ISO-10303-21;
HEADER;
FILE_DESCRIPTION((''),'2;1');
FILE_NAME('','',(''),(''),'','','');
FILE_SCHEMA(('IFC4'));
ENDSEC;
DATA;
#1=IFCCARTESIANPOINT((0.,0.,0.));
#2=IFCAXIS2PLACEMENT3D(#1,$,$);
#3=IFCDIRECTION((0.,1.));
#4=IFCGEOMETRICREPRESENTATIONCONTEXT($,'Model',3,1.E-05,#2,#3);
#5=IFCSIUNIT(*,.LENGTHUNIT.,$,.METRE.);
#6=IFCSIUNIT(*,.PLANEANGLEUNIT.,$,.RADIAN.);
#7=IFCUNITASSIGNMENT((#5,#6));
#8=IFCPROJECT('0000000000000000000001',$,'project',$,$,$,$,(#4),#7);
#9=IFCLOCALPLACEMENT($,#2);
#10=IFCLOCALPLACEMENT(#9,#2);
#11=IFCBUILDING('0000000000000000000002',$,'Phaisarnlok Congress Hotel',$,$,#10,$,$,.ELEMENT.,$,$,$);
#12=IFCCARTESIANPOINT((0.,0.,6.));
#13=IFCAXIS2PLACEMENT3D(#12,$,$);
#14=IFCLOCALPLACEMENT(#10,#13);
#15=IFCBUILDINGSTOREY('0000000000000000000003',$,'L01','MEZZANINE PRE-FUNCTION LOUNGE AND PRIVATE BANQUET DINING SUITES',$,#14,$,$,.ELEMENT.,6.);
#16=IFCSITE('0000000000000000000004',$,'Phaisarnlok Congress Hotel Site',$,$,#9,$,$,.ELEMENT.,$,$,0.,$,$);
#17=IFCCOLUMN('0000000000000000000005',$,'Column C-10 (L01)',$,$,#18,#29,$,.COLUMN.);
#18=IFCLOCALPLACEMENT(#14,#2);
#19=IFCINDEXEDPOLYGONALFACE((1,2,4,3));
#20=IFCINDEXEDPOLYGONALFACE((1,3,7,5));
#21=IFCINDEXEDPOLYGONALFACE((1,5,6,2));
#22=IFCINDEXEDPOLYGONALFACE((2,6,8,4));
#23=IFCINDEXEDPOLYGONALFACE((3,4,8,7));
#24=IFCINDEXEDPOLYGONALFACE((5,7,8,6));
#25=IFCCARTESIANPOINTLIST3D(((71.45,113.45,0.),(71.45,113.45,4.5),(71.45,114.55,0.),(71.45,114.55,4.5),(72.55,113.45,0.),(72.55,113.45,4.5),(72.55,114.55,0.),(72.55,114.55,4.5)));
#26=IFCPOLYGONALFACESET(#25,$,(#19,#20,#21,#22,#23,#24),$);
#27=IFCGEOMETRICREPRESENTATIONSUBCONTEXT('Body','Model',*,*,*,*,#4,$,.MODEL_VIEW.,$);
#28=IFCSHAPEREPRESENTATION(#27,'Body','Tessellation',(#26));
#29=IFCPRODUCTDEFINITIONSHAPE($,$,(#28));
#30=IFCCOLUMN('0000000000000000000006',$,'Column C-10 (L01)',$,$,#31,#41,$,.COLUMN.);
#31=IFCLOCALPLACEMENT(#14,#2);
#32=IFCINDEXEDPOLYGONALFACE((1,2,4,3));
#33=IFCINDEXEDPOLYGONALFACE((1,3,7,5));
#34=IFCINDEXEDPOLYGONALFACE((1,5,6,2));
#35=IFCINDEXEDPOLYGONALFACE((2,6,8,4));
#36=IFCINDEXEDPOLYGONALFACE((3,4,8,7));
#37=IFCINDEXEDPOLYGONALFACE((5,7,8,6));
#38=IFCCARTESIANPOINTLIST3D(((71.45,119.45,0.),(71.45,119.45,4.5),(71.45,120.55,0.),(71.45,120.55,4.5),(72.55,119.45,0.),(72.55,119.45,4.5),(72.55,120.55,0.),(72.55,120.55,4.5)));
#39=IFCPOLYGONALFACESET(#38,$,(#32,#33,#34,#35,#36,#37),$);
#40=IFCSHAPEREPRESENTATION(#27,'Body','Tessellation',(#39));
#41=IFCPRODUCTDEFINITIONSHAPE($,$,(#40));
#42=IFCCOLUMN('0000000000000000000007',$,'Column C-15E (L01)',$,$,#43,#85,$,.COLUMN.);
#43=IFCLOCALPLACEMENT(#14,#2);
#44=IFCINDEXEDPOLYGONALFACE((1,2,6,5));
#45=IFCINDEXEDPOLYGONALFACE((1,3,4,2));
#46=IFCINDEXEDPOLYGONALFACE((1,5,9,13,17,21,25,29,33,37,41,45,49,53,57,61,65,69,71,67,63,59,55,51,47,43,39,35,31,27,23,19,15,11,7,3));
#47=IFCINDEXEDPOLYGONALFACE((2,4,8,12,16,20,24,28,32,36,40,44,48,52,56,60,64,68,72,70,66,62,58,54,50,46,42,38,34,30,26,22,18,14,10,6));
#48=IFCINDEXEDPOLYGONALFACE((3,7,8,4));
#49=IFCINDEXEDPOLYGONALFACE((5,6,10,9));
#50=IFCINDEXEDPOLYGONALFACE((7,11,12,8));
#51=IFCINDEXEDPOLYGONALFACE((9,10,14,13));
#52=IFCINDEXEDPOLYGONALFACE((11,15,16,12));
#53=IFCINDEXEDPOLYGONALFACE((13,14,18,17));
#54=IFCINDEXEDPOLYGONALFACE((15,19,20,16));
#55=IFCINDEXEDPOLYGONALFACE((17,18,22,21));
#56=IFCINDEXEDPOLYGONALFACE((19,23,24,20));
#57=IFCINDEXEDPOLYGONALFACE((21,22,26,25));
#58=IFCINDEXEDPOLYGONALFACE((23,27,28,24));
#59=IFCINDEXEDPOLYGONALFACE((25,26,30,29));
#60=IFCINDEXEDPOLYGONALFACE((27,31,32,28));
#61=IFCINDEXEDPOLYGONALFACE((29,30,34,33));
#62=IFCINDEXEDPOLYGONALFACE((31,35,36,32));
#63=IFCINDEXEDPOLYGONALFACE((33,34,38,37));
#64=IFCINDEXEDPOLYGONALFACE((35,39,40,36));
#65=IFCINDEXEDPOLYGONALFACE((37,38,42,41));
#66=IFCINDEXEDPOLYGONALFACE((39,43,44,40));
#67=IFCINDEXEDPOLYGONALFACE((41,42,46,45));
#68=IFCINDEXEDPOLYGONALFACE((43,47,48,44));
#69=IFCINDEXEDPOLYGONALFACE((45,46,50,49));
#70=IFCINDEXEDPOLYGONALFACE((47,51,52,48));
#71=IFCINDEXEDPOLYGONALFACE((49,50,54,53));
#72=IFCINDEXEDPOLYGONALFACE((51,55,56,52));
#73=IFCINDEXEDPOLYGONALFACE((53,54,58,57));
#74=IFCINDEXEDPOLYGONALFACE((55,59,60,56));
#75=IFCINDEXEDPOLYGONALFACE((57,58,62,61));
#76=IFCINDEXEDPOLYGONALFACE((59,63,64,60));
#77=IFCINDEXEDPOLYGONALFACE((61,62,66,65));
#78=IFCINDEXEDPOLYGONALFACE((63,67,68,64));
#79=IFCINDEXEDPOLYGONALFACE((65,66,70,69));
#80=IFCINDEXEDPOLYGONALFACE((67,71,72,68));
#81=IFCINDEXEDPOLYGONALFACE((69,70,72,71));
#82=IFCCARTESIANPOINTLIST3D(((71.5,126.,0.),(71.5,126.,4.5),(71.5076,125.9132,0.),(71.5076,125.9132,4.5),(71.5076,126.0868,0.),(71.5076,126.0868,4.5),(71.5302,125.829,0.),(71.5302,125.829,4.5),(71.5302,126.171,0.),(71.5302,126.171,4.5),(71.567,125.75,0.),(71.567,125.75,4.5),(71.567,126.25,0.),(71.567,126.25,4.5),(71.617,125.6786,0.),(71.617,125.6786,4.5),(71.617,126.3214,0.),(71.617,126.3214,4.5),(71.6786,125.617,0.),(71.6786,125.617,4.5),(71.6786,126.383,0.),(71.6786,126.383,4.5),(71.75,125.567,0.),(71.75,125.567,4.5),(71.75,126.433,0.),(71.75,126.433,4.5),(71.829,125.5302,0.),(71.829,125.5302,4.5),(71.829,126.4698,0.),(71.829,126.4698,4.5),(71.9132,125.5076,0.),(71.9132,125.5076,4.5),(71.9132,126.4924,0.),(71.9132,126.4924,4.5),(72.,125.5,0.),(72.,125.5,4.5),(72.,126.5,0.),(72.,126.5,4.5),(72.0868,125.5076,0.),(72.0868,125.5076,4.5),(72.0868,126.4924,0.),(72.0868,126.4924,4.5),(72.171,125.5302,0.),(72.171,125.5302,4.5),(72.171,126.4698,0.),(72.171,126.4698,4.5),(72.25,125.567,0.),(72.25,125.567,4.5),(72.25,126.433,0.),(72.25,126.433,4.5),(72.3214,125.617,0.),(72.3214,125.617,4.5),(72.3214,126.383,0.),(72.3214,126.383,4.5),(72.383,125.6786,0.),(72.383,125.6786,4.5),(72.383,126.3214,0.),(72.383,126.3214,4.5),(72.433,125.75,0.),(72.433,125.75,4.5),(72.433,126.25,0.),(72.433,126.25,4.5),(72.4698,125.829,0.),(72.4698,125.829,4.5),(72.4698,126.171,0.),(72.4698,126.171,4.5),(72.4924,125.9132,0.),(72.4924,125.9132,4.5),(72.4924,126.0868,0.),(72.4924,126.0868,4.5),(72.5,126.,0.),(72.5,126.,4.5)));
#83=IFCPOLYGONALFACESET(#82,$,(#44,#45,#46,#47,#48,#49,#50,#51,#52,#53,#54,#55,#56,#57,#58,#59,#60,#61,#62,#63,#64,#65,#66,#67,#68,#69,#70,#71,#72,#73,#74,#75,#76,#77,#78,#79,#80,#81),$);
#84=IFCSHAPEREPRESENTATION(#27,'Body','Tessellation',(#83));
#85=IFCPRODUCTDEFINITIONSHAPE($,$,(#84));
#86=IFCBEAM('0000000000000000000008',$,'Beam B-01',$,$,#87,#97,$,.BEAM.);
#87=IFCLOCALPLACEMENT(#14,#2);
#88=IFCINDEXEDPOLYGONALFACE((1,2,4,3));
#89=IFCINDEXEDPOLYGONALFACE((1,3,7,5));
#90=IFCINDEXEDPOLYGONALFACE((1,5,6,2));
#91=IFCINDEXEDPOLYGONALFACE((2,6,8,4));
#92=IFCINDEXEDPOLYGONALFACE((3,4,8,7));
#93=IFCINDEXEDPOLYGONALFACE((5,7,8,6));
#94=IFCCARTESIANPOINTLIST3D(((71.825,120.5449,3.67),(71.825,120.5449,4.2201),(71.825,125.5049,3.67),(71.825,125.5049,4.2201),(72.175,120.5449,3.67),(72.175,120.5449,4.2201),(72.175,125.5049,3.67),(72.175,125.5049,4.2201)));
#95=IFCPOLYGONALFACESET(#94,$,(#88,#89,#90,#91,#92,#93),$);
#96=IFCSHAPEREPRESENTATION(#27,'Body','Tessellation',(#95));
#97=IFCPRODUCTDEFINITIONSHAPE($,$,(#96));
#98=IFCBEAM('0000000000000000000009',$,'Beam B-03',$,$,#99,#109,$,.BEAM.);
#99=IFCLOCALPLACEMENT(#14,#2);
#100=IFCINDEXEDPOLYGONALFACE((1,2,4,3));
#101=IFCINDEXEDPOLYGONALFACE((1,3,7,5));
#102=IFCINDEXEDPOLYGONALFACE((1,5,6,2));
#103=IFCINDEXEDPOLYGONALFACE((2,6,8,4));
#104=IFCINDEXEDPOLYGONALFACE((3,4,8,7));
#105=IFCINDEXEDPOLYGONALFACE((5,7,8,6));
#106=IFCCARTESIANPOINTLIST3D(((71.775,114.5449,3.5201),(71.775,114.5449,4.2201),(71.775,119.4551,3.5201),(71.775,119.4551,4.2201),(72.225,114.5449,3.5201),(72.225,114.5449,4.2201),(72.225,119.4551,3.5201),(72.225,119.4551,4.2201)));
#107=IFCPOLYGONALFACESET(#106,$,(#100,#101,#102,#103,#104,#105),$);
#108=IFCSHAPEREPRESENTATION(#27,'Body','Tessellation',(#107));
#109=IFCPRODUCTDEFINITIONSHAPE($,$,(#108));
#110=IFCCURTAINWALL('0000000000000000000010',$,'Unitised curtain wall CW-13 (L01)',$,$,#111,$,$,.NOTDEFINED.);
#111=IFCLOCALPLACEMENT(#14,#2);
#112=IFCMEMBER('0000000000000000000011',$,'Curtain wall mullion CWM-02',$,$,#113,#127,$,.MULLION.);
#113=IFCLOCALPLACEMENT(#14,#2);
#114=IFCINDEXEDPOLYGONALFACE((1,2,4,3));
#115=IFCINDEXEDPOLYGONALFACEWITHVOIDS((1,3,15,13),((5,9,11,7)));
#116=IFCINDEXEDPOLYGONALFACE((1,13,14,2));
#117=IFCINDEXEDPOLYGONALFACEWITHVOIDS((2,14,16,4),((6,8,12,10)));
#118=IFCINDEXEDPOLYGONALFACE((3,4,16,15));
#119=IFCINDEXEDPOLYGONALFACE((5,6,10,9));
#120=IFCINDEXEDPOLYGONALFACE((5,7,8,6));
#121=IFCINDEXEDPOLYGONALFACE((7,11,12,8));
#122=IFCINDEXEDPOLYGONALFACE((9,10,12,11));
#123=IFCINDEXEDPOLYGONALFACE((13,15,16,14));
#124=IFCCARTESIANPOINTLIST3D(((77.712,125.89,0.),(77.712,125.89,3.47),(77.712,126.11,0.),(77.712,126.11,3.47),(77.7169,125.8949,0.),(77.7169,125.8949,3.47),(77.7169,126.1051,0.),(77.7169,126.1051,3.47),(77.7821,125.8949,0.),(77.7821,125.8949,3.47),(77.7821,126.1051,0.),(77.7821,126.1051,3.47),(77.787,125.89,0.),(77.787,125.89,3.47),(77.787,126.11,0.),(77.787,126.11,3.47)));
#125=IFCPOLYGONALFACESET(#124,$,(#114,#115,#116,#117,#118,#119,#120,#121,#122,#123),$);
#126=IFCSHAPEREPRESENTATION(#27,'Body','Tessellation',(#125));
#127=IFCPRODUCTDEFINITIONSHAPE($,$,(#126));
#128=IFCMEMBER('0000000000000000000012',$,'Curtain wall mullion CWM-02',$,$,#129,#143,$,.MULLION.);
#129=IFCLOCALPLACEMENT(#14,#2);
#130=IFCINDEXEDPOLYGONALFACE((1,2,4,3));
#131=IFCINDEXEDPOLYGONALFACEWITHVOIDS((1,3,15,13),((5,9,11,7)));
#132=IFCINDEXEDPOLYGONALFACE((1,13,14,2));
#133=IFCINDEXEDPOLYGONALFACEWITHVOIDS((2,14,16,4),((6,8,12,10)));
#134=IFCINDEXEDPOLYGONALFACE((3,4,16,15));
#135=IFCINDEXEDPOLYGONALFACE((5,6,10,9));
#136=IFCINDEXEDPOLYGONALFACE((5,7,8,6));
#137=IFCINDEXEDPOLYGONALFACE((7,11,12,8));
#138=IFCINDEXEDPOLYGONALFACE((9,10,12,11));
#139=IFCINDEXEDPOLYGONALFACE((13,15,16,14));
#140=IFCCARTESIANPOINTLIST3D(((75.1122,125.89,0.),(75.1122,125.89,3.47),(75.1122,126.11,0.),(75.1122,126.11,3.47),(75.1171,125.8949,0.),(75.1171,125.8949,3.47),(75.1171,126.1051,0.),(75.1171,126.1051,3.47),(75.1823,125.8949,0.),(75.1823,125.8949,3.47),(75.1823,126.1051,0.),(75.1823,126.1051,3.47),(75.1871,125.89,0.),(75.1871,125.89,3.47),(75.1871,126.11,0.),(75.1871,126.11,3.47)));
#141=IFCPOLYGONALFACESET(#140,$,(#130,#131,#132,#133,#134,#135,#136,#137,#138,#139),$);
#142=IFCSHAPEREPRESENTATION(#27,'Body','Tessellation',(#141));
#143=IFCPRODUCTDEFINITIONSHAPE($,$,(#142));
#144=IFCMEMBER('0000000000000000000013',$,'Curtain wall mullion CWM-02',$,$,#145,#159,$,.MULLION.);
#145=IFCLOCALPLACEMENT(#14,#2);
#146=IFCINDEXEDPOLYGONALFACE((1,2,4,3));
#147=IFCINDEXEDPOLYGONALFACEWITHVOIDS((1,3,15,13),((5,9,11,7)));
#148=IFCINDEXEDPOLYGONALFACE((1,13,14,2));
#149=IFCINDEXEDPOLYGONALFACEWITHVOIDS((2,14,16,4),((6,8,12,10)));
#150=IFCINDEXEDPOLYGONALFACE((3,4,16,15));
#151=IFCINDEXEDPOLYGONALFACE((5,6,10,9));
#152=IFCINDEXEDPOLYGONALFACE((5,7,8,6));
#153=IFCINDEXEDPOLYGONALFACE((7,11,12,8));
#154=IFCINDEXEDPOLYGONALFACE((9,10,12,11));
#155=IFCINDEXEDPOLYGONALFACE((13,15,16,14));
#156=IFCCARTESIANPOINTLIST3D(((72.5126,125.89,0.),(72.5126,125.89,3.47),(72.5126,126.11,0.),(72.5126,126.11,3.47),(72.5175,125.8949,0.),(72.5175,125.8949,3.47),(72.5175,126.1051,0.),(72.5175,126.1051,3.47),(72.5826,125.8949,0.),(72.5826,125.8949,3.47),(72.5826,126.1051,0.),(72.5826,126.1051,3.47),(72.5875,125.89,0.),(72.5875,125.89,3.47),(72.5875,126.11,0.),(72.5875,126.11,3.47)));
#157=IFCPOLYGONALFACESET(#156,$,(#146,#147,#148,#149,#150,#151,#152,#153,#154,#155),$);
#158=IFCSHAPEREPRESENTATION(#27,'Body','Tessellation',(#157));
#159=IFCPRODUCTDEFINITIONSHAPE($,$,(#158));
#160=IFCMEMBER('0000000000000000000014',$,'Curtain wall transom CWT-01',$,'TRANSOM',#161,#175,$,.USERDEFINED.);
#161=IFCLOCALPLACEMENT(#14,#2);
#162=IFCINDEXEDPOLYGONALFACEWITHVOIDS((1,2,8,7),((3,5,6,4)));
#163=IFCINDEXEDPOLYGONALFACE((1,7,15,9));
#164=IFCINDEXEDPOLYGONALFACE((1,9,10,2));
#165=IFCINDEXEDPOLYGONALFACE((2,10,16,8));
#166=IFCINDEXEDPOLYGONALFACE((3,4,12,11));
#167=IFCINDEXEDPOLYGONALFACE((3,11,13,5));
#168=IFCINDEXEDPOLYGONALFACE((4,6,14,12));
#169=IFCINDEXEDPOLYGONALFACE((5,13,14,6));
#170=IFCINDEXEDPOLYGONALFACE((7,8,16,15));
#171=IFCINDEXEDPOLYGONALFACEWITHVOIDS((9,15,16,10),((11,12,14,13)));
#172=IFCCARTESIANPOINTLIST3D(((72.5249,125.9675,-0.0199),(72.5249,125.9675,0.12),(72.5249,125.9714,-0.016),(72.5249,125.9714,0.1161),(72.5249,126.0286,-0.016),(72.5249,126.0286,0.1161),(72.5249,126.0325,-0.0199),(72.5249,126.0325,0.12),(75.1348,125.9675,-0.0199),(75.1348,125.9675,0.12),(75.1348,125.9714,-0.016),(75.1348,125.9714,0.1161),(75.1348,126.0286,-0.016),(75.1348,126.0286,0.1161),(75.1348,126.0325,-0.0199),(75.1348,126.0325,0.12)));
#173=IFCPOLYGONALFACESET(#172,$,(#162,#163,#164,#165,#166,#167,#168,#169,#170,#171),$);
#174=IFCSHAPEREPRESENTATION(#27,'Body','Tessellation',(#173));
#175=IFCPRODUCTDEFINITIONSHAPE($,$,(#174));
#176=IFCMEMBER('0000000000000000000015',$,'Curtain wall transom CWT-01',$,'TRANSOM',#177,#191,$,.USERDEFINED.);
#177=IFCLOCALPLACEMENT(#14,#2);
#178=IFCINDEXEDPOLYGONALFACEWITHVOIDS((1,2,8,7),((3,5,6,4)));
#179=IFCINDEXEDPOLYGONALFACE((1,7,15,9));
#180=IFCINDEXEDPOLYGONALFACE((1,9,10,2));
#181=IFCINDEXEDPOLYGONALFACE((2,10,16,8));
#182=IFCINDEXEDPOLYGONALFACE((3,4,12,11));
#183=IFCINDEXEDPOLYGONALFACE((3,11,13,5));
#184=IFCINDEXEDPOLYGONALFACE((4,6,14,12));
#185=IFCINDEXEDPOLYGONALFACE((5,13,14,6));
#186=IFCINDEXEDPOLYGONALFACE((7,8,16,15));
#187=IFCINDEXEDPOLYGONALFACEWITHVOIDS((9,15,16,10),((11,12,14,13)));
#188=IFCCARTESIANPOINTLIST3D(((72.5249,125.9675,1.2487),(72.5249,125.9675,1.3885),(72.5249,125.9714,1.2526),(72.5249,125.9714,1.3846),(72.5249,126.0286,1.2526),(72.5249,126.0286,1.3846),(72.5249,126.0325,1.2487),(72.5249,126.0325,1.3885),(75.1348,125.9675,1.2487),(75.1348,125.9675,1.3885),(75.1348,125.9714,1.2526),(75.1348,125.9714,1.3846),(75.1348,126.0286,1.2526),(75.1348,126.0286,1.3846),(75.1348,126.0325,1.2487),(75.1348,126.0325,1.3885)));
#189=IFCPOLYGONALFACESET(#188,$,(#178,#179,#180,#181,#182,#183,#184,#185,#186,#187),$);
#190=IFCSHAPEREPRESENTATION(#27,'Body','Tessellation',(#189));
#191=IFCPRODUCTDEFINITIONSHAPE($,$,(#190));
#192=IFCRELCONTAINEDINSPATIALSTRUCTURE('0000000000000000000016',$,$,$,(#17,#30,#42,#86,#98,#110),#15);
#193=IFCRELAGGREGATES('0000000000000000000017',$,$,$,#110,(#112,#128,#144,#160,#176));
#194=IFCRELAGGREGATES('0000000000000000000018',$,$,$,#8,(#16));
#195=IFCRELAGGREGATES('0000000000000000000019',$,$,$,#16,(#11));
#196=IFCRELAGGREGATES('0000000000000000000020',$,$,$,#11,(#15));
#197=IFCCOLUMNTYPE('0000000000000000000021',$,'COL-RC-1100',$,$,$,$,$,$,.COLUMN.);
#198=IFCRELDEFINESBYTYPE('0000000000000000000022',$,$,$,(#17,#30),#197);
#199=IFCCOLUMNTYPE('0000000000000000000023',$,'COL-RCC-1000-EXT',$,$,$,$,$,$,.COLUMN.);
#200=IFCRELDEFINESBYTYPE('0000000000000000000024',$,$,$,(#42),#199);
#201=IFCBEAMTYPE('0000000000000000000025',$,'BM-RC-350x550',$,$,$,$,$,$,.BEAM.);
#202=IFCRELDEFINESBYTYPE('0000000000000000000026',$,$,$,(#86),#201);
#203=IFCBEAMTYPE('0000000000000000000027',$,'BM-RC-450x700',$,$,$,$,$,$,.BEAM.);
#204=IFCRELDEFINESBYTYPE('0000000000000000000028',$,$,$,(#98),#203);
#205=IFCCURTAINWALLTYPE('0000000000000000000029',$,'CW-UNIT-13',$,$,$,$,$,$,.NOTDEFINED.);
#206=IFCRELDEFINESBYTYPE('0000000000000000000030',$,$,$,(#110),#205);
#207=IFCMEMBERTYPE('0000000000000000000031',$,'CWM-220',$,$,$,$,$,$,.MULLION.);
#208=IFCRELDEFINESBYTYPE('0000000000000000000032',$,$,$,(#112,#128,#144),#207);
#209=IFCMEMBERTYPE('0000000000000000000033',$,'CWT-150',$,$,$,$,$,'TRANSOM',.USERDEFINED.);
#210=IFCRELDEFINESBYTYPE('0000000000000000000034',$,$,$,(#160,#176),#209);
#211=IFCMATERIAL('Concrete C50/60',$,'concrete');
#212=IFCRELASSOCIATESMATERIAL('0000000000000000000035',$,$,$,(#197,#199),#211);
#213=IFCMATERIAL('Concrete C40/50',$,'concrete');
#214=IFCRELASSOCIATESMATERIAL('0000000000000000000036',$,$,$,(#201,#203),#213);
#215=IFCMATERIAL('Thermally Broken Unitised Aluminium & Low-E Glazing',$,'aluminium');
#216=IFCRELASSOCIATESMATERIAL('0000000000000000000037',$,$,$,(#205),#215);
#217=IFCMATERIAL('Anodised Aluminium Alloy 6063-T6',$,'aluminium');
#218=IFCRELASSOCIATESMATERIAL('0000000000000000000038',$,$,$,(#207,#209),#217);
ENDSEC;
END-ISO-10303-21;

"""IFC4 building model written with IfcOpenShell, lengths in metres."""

from ifc_helpers import new_model, si_unit, direction, frame, origin, origin_2d, place, context, subcontext, project, spatial, rectangle, hollow_rectangle, circle, extrude, material, material_profile, profile_set, type_object, element, aggregate, save


model = new_model("IFC4")

# Units and contexts
model_context = context("Model", 3, precision=1e-05, world=origin(), true_north=direction((0.0, 1.0)))
body_context = subcontext(model_context, "Body", "Model", "MODEL_VIEW")
ifc_project = project(units=[si_unit("LENGTHUNIT", "METRE"), si_unit("PLANEANGLEUNIT", "RADIAN")], contexts=[model_context])

# Site, building, storey
site_placement = place(None, origin())
site = spatial("IfcSite", under=ifc_project, at=site_placement, Name="Phaisarnlok Congress Hotel Site", CompositionType="ELEMENT", RefElevation=0.0)
building_placement = place(site_placement, origin())
building = spatial("IfcBuilding", under=site, at=building_placement, Name="Phaisarnlok Congress Hotel", CompositionType="ELEMENT")
storey_placement = place(building_placement, frame((0.0, 0.0, 6.0)))
storey = spatial("IfcBuildingStorey", under=building, at=storey_placement, Name="L01", Description="MEZZANINE PRE-FUNCTION LOUNGE AND PRIVATE BANQUET DINING SUITES", CompositionType="ELEMENT", Elevation=6.0)

# Columns
ifc_material_1 = material(Name="Concrete C50/60", Category="concrete")
ifc_material_profile_1 = material_profile(ifc_material_1, rectangle(XDim=1.1001, YDim=1.1001, at=origin_2d()), Name="RC 1100x1100")
ifc_profile_set_1 = profile_set([ifc_material_profile_1], Name="Concrete C50/60")
column_type_1 = type_object("IfcColumnType", Name="COL-RC-1100", PredefinedType="COLUMN", material=ifc_profile_set_1)
for number, where, z_axis, x_axis, name in (
    (1, (72.0, 114.0, 0.0), (0.0, 0.0, 1.0), (1.0, 0.0, 0.0), "Column C-10 (L01)"),
    (2, (72.0, 120.0, 0.0), (0.0, 0.0, 1.0), (1.0, 0.0, 0.0), "Column C-10 (L01)"),
):
    element("IfcColumn", number, at=place(storey_placement, frame(where, z_axis=z_axis, x_axis=x_axis)), inside=storey, type_object=column_type_1, Name=name, PredefinedType="COLUMN", context=body_context, shape_type="SweptSolid", body=[
        extrude(rectangle(XDim=1.1001, YDim=1.1001, at=origin_2d()), origin(), (0.0, 0.0, 1.0), 4.5),
    ])
ifc_material_profile_2 = material_profile(ifc_material_1, circle(Radius=0.5, at=origin_2d()), Name="RCC D1000")
ifc_profile_set_2 = profile_set([ifc_material_profile_2], Name="Concrete C50/60")
column_type_2 = type_object("IfcColumnType", Name="COL-RCC-1000-EXT", PredefinedType="COLUMN", material=ifc_profile_set_2)
column_placement = place(storey_placement, frame((72.0, 126.0, 0.0), z_axis=(0.0, 0.0, 1.0), x_axis=(1.0, 0.0, 0.0)))
element("IfcColumn", 3, at=column_placement, inside=storey, type_object=column_type_2, Name="Column C-15E (L01)", PredefinedType="COLUMN", context=body_context, shape_type="SweptSolid", body=[
    extrude(circle(Radius=0.5, at=origin_2d()), origin(), (0.0, 0.0, 1.0), 4.5),
])

# Beams
ifc_material_2 = material(Name="Concrete C40/50", Category="concrete")
ifc_material_profile_3 = material_profile(ifc_material_2, rectangle(XDim=0.3501, YDim=0.55, at=origin_2d()), Name="RC 350x550")
ifc_profile_set_3 = profile_set([ifc_material_profile_3], Name="Concrete C40/50")
beam_type_1 = type_object("IfcBeamType", Name="BM-RC-350x550", PredefinedType="BEAM", material=ifc_profile_set_3)
beam_1_placement = place(storey_placement, frame((72.0, 120.5449, 3.9451), z_axis=(0.0, 1.0, 0.0), x_axis=(-1.0, 0.0, 0.0)))
element("IfcBeam", 4, at=beam_1_placement, inside=storey, type_object=beam_type_1, Name="Beam B-01", PredefinedType="BEAM", context=body_context, shape_type="SweptSolid", body=[
    extrude(rectangle(XDim=0.3501, YDim=0.55, at=origin_2d()), origin(), (0.0, 0.0, 1.0), 4.96),
])
ifc_material_profile_4 = material_profile(ifc_material_2, rectangle(XDim=0.45, YDim=0.7, at=origin_2d()), Name="RC 450x700")
ifc_profile_set_4 = profile_set([ifc_material_profile_4], Name="Concrete C40/50")
beam_type_2 = type_object("IfcBeamType", Name="BM-RC-450x700", PredefinedType="BEAM", material=ifc_profile_set_4)
beam_2_placement = place(storey_placement, frame((72.0, 114.5449, 3.8701), z_axis=(0.0, 1.0, 0.0), x_axis=(-1.0, 0.0, 0.0)))
element("IfcBeam", 5, at=beam_2_placement, inside=storey, type_object=beam_type_2, Name="Beam B-03", PredefinedType="BEAM", context=body_context, shape_type="SweptSolid", body=[
    extrude(rectangle(XDim=0.45, YDim=0.7, at=origin_2d()), origin(), (0.0, 0.0, 1.0), 4.9102),
])

# Curtain wall, members
ifc_material_3 = material(Name="Thermally Broken Unitised Aluminium & Low-E Glazing", Category="aluminium")
curtain_wall_type = type_object("IfcCurtainWallType", Name="CW-UNIT-13", PredefinedType="NOTDEFINED", material=ifc_material_3)
curtain_wall_placement = place(storey_placement, origin())
curtain_wall = element("IfcCurtainWall", 6, at=curtain_wall_placement, inside=storey, type_object=curtain_wall_type, Name="Unitised curtain wall CW-13 (L01)", PredefinedType="NOTDEFINED")
ifc_material_4 = material(Name="Anodised Aluminium Alloy 6063-T6", Category="aluminium")
ifc_material_profile_5 = material_profile(ifc_material_4, hollow_rectangle(XDim=0.075, YDim=0.22, WallThickness=0.0049, at=origin_2d()), Name="ALU-M 75x220x5")
ifc_profile_set_5 = profile_set([ifc_material_profile_5], Name="Anodised Aluminium Alloy 6063-T6")
member_type_1 = type_object("IfcMemberType", Name="CWM-220", PredefinedType="MULLION", material=ifc_profile_set_5)
member_1_placement = place(storey_placement, frame((77.7495, 126.0, 0.0), z_axis=(0.0, 0.0, 1.0), x_axis=(-1.0, 0.0, 0.0)))
member_1 = element("IfcMember", 7, at=member_1_placement, type_object=member_type_1, Name="Curtain wall mullion CWM-02", PredefinedType="MULLION", context=body_context, shape_type="SweptSolid", body=[
    extrude(hollow_rectangle(XDim=0.075, YDim=0.22, WallThickness=0.0049, at=origin_2d()), origin(), (0.0, 0.0, 1.0), 3.47),
])
member_2_placement = place(storey_placement, frame((75.1497, 126.0, 0.0), z_axis=(0.0, 0.0, 1.0), x_axis=(-1.0, 0.0, 0.0)))
member_2 = element("IfcMember", 8, at=member_2_placement, type_object=member_type_1, Name="Curtain wall mullion CWM-02", PredefinedType="MULLION", context=body_context, shape_type="SweptSolid", body=[
    extrude(hollow_rectangle(XDim=0.075, YDim=0.22, WallThickness=0.0049, at=origin_2d()), origin(), (0.0, 0.0, 1.0), 3.47),
])
member_3_placement = place(storey_placement, frame((72.55, 126.0, 0.0), z_axis=(0.0, 0.0, 1.0), x_axis=(-1.0, 0.0, 0.0)))
member_3 = element("IfcMember", 9, at=member_3_placement, type_object=member_type_1, Name="Curtain wall mullion CWM-02", PredefinedType="MULLION", context=body_context, shape_type="SweptSolid", body=[
    extrude(hollow_rectangle(XDim=0.075, YDim=0.22, WallThickness=0.0049, at=origin_2d()), origin(), (0.0, 0.0, 1.0), 3.47),
])
ifc_material_profile_6 = material_profile(ifc_material_4, hollow_rectangle(XDim=0.0649, YDim=0.1399, WallThickness=0.0039, at=origin_2d()), Name="ALU-T 65x140x4")
ifc_profile_set_6 = profile_set([ifc_material_profile_6], Name="Anodised Aluminium Alloy 6063-T6")
member_type_2 = type_object("IfcMemberType", Name="CWT-150", ElementType="TRANSOM", PredefinedType="USERDEFINED", material=ifc_profile_set_6)
member_4_placement = place(storey_placement, frame((75.1348, 126.0, 0.05), z_axis=(-1.0, 0.0, 0.0), x_axis=(0.0, -1.0, 0.0)))
member_4 = element("IfcMember", 10, at=member_4_placement, type_object=member_type_2, Name="Curtain wall transom CWT-01", ObjectType="TRANSOM", PredefinedType="USERDEFINED", context=body_context, shape_type="SweptSolid", body=[
    extrude(hollow_rectangle(XDim=0.0649, YDim=0.1399, WallThickness=0.0039, at=origin_2d()), origin(), (0.0, 0.0, 1.0), 2.6099),
])
member_5_placement = place(storey_placement, frame((75.1348, 126.0, 1.3186), z_axis=(-1.0, 0.0, 0.0), x_axis=(0.0, -1.0, 0.0)))
member_5 = element("IfcMember", 11, at=member_5_placement, type_object=member_type_2, Name="Curtain wall transom CWT-01", ObjectType="TRANSOM", PredefinedType="USERDEFINED", context=body_context, shape_type="SweptSolid", body=[
    extrude(hollow_rectangle(XDim=0.0649, YDim=0.1399, WallThickness=0.0039, at=origin_2d()), origin(), (0.0, 0.0, 1.0), 2.6099),
])

aggregate(curtain_wall, [member_1, member_2, member_3, member_4, member_5])

save(model, "model.ifc")
